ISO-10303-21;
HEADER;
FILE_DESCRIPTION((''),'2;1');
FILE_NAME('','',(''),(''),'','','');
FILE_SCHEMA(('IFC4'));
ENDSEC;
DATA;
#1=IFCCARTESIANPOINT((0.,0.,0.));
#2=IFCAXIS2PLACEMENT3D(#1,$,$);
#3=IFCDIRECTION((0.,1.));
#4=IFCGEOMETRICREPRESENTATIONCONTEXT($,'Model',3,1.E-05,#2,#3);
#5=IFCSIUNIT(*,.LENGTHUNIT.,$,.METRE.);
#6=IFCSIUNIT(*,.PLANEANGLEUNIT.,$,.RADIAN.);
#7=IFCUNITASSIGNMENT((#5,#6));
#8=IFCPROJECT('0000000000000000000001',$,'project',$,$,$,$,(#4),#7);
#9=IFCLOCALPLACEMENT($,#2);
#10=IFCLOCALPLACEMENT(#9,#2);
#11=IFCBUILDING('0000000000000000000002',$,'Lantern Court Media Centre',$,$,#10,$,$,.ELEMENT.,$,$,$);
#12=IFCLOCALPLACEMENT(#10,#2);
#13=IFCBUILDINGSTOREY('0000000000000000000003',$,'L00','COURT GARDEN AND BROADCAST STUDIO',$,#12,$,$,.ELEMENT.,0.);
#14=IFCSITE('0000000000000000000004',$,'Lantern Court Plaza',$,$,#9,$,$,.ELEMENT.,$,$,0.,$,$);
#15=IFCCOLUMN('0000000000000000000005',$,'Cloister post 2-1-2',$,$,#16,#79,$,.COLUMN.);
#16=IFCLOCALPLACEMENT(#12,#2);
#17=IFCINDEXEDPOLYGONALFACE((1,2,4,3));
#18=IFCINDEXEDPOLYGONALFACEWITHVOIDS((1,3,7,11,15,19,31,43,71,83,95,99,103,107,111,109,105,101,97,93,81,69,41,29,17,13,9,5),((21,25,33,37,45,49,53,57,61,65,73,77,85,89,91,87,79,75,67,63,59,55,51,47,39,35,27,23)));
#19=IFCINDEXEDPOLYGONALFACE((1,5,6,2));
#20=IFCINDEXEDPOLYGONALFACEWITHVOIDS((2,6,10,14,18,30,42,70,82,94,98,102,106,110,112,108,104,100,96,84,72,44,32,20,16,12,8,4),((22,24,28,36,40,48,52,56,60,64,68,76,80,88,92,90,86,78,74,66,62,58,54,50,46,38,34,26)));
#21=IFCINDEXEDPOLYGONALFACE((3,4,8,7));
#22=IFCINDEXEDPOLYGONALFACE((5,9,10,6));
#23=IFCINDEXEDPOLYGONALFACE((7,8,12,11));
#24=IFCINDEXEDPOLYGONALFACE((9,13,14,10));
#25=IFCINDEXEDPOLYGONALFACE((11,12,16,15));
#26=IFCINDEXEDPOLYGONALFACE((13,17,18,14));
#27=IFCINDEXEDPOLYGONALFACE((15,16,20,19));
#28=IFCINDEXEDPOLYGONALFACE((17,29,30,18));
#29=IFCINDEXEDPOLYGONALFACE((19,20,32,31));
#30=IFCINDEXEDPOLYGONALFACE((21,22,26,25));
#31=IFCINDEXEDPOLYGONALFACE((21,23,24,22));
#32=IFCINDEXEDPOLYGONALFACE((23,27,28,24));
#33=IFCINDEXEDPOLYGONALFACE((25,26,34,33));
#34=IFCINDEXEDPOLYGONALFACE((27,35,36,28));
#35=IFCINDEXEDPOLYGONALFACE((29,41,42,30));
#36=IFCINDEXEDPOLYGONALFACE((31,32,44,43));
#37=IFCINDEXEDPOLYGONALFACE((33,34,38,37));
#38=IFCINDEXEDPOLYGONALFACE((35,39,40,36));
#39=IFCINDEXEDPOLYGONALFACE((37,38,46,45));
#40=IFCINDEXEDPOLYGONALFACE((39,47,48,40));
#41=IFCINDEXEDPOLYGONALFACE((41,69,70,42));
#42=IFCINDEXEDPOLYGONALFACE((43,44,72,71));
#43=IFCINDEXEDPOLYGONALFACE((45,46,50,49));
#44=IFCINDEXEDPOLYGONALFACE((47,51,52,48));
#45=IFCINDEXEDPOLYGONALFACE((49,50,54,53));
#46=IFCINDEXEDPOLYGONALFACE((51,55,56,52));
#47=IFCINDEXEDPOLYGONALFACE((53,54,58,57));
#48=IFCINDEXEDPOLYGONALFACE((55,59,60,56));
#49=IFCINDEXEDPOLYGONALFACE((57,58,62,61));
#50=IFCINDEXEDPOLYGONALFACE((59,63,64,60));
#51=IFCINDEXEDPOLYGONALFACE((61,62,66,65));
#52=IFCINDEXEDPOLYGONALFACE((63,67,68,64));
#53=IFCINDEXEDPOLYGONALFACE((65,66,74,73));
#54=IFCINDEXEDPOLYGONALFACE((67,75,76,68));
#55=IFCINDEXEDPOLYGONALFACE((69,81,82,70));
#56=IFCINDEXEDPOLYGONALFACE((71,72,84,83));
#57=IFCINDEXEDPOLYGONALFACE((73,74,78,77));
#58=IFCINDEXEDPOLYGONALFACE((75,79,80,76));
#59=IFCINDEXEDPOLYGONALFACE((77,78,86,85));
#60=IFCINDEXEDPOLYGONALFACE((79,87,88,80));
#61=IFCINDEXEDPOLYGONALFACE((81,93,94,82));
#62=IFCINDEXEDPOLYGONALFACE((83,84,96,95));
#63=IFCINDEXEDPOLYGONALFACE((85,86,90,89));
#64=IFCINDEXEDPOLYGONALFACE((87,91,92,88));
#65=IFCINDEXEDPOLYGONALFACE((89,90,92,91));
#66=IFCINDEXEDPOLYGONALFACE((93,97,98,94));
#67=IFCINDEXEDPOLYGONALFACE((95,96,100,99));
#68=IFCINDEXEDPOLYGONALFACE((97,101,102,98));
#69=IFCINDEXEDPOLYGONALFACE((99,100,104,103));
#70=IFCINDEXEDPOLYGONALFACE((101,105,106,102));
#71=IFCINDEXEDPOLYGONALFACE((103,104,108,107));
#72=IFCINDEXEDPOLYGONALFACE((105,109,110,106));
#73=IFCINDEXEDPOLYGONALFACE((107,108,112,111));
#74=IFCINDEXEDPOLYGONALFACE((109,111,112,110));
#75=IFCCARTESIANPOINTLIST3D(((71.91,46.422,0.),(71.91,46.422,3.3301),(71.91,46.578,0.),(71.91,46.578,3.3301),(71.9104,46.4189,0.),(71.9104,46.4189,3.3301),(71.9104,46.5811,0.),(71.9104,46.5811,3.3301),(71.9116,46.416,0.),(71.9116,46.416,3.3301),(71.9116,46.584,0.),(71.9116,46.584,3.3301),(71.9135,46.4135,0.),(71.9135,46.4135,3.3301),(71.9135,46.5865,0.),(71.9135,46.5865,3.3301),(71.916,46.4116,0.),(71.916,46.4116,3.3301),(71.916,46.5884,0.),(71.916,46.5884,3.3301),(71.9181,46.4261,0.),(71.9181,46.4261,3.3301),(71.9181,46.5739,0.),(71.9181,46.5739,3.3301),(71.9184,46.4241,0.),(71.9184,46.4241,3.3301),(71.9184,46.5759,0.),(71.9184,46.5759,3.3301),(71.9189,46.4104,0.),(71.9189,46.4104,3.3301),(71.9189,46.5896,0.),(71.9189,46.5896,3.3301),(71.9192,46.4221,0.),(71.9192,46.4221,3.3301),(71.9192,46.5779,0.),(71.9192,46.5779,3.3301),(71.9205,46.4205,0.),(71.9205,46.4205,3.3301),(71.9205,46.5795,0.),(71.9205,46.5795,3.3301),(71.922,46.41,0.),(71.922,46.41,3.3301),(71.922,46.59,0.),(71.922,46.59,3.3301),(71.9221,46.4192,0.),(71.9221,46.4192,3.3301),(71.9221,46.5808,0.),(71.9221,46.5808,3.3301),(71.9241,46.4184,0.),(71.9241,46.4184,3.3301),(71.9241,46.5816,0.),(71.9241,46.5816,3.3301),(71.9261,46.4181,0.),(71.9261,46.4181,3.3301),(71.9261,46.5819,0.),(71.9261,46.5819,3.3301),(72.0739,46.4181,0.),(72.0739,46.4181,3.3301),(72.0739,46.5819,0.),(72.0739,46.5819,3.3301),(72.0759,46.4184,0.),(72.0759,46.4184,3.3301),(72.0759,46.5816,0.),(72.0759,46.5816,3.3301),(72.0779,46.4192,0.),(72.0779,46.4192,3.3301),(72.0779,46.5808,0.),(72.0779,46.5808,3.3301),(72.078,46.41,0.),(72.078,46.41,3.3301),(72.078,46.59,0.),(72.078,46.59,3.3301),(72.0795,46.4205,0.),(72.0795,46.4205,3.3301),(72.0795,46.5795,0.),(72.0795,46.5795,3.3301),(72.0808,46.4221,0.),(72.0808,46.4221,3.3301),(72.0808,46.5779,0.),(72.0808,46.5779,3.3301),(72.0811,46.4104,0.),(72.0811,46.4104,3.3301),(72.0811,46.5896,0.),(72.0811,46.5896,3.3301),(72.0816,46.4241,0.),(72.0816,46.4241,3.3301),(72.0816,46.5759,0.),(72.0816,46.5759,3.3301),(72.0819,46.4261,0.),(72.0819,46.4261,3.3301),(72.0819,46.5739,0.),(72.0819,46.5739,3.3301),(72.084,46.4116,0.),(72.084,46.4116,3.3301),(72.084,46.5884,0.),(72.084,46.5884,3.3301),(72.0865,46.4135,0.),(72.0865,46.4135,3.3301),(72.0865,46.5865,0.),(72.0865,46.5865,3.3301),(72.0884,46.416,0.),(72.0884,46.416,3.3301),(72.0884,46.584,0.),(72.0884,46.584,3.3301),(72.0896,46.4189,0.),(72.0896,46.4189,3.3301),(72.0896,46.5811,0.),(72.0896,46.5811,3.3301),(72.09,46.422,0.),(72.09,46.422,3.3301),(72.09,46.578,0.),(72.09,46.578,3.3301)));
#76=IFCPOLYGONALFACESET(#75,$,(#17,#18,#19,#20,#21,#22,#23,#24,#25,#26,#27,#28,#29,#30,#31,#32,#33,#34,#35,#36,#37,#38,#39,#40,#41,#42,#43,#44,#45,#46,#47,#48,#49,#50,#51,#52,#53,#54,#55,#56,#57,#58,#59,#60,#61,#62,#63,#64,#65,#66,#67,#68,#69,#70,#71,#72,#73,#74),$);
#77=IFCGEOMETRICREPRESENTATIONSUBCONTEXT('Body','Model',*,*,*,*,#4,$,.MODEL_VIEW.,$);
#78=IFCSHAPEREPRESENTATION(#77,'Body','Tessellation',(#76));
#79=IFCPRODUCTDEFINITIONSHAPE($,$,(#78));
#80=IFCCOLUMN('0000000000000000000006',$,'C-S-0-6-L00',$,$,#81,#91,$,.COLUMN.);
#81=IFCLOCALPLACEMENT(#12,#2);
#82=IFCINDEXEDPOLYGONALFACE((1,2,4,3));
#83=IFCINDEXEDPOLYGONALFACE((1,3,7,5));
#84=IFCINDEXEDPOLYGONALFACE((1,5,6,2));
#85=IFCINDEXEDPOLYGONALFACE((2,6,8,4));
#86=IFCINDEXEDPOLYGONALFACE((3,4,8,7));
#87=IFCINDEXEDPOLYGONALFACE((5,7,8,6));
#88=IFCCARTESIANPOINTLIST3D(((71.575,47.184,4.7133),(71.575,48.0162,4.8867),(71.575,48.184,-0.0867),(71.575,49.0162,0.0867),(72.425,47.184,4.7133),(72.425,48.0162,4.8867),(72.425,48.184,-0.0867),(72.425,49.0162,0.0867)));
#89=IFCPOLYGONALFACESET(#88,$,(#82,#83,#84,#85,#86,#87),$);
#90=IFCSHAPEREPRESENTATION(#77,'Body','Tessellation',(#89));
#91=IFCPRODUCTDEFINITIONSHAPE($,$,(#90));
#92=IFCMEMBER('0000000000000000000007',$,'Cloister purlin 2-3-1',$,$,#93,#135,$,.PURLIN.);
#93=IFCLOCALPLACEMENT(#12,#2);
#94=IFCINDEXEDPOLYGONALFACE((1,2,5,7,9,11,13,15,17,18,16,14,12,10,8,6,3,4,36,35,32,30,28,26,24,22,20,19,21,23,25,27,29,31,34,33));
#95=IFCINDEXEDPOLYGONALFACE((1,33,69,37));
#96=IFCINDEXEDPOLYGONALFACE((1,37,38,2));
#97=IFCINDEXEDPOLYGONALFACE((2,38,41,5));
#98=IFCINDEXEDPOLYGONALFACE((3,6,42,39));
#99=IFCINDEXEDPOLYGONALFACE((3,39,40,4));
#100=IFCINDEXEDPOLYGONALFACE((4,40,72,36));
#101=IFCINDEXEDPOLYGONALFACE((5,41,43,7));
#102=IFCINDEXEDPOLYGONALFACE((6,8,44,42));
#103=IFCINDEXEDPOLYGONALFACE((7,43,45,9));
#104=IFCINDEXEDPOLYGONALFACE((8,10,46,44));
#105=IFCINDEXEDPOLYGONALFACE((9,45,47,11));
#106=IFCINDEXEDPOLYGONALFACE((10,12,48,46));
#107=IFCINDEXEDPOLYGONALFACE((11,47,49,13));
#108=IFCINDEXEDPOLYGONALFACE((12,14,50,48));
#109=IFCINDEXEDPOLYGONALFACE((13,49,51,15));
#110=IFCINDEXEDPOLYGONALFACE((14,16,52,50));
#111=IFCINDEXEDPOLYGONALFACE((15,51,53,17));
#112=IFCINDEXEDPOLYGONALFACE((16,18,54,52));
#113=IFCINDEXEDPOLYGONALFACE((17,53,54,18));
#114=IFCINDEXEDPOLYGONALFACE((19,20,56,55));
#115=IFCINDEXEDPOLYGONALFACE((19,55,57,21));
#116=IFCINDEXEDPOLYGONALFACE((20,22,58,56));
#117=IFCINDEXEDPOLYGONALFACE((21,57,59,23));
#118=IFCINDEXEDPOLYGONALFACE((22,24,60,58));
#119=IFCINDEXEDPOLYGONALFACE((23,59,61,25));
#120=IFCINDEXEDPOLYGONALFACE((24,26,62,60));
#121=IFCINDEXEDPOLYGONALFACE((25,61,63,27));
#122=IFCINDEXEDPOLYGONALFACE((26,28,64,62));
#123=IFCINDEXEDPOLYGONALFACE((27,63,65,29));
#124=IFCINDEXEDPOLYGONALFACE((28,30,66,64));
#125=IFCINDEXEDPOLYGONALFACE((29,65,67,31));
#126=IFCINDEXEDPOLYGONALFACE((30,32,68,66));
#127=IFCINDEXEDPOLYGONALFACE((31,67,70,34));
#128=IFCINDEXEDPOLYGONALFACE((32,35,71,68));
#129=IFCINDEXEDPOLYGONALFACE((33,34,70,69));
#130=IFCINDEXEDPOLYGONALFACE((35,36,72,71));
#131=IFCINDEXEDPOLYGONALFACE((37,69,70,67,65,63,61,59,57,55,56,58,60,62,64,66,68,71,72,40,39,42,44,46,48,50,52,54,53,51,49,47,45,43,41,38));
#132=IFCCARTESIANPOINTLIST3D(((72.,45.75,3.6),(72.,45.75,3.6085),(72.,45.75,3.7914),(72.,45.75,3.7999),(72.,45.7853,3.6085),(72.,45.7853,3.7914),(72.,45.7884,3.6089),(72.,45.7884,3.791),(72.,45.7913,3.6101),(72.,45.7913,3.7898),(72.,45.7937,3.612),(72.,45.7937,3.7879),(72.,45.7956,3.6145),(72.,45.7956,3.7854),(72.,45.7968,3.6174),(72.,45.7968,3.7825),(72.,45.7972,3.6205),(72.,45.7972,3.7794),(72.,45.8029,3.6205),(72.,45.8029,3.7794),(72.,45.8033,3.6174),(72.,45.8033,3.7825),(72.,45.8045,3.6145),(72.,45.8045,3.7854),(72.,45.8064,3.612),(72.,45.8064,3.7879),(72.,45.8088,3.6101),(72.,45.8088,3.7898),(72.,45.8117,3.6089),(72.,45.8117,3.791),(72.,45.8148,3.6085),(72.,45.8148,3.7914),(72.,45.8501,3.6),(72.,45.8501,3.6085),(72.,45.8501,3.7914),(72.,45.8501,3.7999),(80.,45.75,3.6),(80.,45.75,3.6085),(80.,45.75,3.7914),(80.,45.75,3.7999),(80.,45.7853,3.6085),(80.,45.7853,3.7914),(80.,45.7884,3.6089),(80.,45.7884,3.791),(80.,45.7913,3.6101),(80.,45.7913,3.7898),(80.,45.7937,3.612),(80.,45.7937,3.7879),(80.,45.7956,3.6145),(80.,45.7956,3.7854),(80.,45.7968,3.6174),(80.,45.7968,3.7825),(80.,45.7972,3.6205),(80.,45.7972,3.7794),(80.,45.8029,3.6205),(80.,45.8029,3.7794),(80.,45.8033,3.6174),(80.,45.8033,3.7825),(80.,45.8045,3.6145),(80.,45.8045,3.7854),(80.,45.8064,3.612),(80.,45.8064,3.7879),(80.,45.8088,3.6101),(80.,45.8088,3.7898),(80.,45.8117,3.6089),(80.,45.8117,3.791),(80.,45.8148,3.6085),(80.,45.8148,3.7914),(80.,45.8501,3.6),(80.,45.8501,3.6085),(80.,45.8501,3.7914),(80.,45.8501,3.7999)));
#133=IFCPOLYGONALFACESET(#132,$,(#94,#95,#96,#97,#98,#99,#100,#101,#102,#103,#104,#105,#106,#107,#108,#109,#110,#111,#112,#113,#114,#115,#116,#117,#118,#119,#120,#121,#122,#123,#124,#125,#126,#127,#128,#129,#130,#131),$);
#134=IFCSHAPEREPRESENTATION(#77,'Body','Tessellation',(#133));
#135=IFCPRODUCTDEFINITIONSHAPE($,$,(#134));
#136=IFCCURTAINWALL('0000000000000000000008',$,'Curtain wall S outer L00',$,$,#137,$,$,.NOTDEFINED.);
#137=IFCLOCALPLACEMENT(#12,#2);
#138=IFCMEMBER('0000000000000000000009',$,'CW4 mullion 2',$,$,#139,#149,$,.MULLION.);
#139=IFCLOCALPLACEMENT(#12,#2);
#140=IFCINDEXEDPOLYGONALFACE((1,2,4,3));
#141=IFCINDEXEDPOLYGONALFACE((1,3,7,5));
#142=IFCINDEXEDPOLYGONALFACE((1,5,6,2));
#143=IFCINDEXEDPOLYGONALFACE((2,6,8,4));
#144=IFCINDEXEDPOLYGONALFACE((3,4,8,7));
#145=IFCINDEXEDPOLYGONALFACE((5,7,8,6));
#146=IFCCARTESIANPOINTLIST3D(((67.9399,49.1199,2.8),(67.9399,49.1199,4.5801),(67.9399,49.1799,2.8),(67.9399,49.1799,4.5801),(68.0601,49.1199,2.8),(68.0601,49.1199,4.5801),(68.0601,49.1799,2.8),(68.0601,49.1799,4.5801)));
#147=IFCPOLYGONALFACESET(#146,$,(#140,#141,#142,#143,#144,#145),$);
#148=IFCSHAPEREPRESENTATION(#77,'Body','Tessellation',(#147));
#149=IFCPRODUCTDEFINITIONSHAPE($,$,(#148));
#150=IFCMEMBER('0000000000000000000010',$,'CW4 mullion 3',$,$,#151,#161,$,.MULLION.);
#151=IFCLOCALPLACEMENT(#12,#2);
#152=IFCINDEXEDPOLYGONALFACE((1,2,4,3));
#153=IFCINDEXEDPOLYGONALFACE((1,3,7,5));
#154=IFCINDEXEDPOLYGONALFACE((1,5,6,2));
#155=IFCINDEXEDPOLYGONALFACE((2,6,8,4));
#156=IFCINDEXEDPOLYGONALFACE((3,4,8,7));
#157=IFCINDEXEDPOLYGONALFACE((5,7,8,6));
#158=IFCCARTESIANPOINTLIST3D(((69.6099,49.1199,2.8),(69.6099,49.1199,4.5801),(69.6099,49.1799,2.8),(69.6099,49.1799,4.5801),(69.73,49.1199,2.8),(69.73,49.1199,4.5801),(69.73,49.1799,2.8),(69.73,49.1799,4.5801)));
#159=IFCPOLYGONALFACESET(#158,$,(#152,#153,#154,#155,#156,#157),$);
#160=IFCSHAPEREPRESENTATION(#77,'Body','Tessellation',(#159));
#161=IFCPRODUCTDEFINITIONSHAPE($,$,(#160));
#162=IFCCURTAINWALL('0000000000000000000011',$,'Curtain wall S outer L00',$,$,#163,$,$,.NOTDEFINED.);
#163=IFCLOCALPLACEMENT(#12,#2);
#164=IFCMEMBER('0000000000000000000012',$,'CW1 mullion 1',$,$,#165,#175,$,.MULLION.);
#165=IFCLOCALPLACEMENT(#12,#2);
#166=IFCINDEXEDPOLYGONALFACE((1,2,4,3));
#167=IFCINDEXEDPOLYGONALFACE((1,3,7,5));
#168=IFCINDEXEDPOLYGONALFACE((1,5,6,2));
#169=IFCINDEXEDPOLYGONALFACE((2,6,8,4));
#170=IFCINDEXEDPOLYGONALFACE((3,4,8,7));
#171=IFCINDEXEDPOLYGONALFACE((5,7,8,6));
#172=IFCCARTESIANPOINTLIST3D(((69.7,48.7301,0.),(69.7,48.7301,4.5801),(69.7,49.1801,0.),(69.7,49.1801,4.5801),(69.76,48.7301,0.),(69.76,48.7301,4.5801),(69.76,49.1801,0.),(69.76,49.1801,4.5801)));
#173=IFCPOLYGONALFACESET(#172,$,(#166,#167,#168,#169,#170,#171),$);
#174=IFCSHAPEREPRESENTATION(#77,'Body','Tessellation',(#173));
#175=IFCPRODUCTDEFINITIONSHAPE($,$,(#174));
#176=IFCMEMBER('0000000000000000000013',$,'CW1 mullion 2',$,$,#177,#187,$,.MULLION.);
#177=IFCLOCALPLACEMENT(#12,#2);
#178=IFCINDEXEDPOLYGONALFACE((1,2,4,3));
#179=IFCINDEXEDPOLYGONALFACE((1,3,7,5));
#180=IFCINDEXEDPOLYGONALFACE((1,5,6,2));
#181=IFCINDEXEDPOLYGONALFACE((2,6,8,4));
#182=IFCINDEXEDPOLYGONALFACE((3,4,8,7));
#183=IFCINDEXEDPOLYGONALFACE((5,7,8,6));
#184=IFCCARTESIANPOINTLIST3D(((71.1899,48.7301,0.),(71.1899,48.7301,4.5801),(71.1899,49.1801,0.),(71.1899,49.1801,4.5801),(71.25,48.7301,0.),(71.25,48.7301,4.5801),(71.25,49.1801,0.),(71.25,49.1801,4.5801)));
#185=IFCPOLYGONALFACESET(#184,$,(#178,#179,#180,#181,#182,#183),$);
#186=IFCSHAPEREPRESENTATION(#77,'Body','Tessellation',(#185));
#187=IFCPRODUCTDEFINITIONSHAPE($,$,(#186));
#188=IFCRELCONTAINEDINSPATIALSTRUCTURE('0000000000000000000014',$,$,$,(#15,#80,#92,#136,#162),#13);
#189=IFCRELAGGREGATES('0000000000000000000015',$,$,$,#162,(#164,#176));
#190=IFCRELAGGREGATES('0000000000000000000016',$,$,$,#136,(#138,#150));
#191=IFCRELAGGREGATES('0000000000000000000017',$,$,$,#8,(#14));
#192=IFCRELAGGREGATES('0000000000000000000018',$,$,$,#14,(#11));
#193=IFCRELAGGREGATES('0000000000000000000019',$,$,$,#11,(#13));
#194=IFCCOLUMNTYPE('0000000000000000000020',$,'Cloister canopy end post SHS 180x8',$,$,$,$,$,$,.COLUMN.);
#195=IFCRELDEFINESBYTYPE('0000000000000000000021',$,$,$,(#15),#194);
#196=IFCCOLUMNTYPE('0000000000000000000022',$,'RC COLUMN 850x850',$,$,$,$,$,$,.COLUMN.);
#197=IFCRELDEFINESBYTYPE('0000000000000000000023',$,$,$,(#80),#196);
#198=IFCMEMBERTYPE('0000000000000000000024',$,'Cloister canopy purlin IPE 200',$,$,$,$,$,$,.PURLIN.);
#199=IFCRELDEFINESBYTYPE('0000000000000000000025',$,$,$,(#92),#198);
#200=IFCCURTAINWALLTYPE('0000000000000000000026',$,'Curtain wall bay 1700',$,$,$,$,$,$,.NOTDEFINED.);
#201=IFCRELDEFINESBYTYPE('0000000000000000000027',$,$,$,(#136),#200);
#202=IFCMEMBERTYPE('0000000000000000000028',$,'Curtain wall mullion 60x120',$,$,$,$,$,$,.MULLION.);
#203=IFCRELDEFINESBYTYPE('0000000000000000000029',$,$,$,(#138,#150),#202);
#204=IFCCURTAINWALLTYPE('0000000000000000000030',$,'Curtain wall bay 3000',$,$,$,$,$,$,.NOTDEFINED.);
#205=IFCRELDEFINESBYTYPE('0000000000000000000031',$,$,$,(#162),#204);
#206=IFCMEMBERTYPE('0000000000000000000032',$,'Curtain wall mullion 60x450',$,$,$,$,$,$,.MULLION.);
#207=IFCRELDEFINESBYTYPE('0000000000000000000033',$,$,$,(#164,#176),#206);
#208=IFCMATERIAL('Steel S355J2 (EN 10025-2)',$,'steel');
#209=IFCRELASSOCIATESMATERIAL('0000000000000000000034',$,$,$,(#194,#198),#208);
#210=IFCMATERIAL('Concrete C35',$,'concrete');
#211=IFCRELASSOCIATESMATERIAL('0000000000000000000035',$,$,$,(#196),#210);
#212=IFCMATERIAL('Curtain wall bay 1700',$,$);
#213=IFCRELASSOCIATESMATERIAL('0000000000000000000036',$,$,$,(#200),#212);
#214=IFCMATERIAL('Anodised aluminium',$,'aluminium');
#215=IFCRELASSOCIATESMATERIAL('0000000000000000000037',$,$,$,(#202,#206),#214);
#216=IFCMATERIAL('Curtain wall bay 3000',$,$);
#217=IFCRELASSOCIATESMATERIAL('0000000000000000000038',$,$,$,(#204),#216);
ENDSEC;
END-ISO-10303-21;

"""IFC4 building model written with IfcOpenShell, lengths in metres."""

from ifc_helpers import new_model, si_unit, direction, frame, origin, origin_2d, place, context, subcontext, project, spatial, rectangle, hollow_rectangle, i_section, extrude, material, material_profile, profile_set, type_object, element, aggregate, save


model = new_model("IFC4")

# Units and contexts
model_context = context("Model", 3, precision=1e-05, world=origin(), true_north=direction((0.0, 1.0)))
body_context = subcontext(model_context, "Body", "Model", "MODEL_VIEW")
ifc_project = project(units=[si_unit("LENGTHUNIT", "METRE"), si_unit("PLANEANGLEUNIT", "RADIAN")], contexts=[model_context])

# Site, building, storey
site_placement = place(None, origin())
site = spatial("IfcSite", under=ifc_project, at=site_placement, Name="Lantern Court Plaza", CompositionType="ELEMENT", RefElevation=0.0)
building_placement = place(site_placement, origin())
building = spatial("IfcBuilding", under=site, at=building_placement, Name="Lantern Court Media Centre", CompositionType="ELEMENT")
storey_placement = place(building_placement, origin())
storey = spatial("IfcBuildingStorey", under=building, at=storey_placement, Name="L00", Description="COURT GARDEN AND BROADCAST STUDIO", CompositionType="ELEMENT", Elevation=0.0)

# Columns
ifc_material_1 = material(Name="Steel S355J2 (EN 10025-2)", Category="steel")
ifc_material_profile_1 = material_profile(ifc_material_1, hollow_rectangle(XDim=0.1799, YDim=0.1799, WallThickness=0.0081, InnerFilletRadius=0.0081, OuterFilletRadius=0.012, at=origin_2d()), Name="Cloister canopy end post SHS 180x8")
ifc_profile_set_1 = profile_set([ifc_material_profile_1], Name="Steel S355J2 (EN 10025-2)")
column_type_1 = type_object("IfcColumnType", Name="Cloister canopy end post SHS 180x8", PredefinedType="COLUMN", material=ifc_profile_set_1)
column_1_placement = place(storey_placement, frame((72.0, 46.5, 0.0), z_axis=(0.0, 0.0, 1.0), x_axis=(1.0, 0.0, 0.0)))
element("IfcColumn", 1, at=column_1_placement, inside=storey, type_object=column_type_1, Name="Cloister post 2-1-2", PredefinedType="COLUMN", context=body_context, shape_type="SweptSolid", body=[
    extrude(hollow_rectangle(XDim=0.1799, YDim=0.1799, WallThickness=0.0081, InnerFilletRadius=0.0081, OuterFilletRadius=0.012, at=origin_2d()), origin(), (0.0, 0.0, 1.0), 3.3301),
])
ifc_material_2 = material(Name="Concrete C35", Category="concrete")
ifc_material_profile_2 = material_profile(ifc_material_2, rectangle(XDim=0.8501, YDim=0.8501, at=origin_2d()), Name="RC 850x850")
ifc_profile_set_2 = profile_set([ifc_material_profile_2], Name="Concrete C35")
column_type_2 = type_object("IfcColumnType", Name="RC COLUMN 850x850", PredefinedType="COLUMN", material=ifc_profile_set_2)
column_2_placement = place(storey_placement, frame((72.0, 48.6001, 0.0), z_axis=(0.0, -0.203952, 0.978981), x_axis=(1.0, 0.0, 0.0)))
element("IfcColumn", 2, at=column_2_placement, inside=storey, type_object=column_type_2, Name="C-S-0-6-L00", PredefinedType="COLUMN", context=body_context, shape_type="SweptSolid", body=[
    extrude(rectangle(XDim=0.8501, YDim=0.8501, at=origin_2d()), origin(), (0.0, 0.0, 1.0), 4.9031),
])

# Member
ifc_material_profile_3 = material_profile(ifc_material_1, i_section(OverallWidth=0.1001, OverallDepth=0.2, WebThickness=0.0056, FlangeThickness=0.0085, FilletRadius=0.012, at=origin_2d()), Name="IPE 200")
ifc_profile_set_3 = profile_set([ifc_material_profile_3], Name="Steel S355J2 (EN 10025-2)")
member_type_1 = type_object("IfcMemberType", Name="Cloister canopy purlin IPE 200", PredefinedType="PURLIN", material=ifc_profile_set_3)
member_1_placement = place(storey_placement, frame((72.0, 45.8, 3.7), z_axis=(1.0, 0.0, 0.0), x_axis=(0.0, 1.0, 0.0)))
element("IfcMember", 3, at=member_1_placement, inside=storey, type_object=member_type_1, Name="Cloister purlin 2-3-1", PredefinedType="PURLIN", context=body_context, shape_type="SweptSolid", body=[
    extrude(i_section(OverallWidth=0.1001, OverallDepth=0.2, WebThickness=0.0056, FlangeThickness=0.0085, FilletRadius=0.012, at=origin_2d()), origin(), (0.0, 0.0, 1.0), 8.0),
])

# Curtain walls, members
ifc_material_3 = material(Name="Curtain wall bay 1700")
curtain_wall_type_1 = type_object("IfcCurtainWallType", Name="Curtain wall bay 1700", PredefinedType="NOTDEFINED", material=ifc_material_3)
curtain_wall_1_placement = place(storey_placement, origin())
curtain_wall_1 = element("IfcCurtainWall", 4, at=curtain_wall_1_placement, inside=storey, type_object=curtain_wall_type_1, Name="Curtain wall S outer L00", PredefinedType="NOTDEFINED")
ifc_material_4 = material(Name="Anodised aluminium", Category="aluminium")
ifc_material_profile_4 = material_profile(ifc_material_4, rectangle(XDim=0.0601, YDim=0.1201, at=origin_2d()), Name="AL 60x120")
ifc_profile_set_4 = profile_set([ifc_material_profile_4], Name="Anodised aluminium")
member_type_2 = type_object("IfcMemberType", Name="Curtain wall mullion 60x120", PredefinedType="MULLION", material=ifc_profile_set_4)
member_2_placement = place(storey_placement, frame((68.0, 49.1499, 2.8), z_axis=(0.0, 0.0, 1.0), x_axis=(0.0, 1.0, 0.0)))
member_2 = element("IfcMember", 5, at=member_2_placement, type_object=member_type_2, Name="CW4 mullion 2", PredefinedType="MULLION", context=body_context, shape_type="SweptSolid", body=[
    extrude(rectangle(XDim=0.0601, YDim=0.1201, at=origin_2d()), origin(), (0.0, 0.0, 1.0), 1.78),
])
member_3_placement = place(storey_placement, frame((69.6699, 49.1499, 2.8), z_axis=(0.0, 0.0, 1.0), x_axis=(0.0, 1.0, 0.0)))
member_3 = element("IfcMember", 6, at=member_3_placement, type_object=member_type_2, Name="CW4 mullion 3", PredefinedType="MULLION", context=body_context, shape_type="SweptSolid", body=[
    extrude(rectangle(XDim=0.0601, YDim=0.1201, at=origin_2d()), origin(), (0.0, 0.0, 1.0), 1.78),
])
ifc_material_5 = material(Name="Curtain wall bay 3000")
curtain_wall_type_2 = type_object("IfcCurtainWallType", Name="Curtain wall bay 3000", PredefinedType="NOTDEFINED", material=ifc_material_5)
curtain_wall_2_placement = place(storey_placement, origin())
curtain_wall_2 = element("IfcCurtainWall", 7, at=curtain_wall_2_placement, inside=storey, type_object=curtain_wall_type_2, Name="Curtain wall S outer L00", PredefinedType="NOTDEFINED")
ifc_material_profile_5 = material_profile(ifc_material_4, rectangle(XDim=0.45, YDim=0.0601, at=origin_2d()), Name="AL 60x450")
ifc_profile_set_5 = profile_set([ifc_material_profile_5], Name="Anodised aluminium")
member_type_3 = type_object("IfcMemberType", Name="Curtain wall mullion 60x450", PredefinedType="MULLION", material=ifc_profile_set_5)
member_4_placement = place(storey_placement, frame((69.73, 48.9551, 0.0), z_axis=(0.0, 0.0, 1.0), x_axis=(0.0, 1.0, 0.0)))
member_4 = element("IfcMember", 8, at=member_4_placement, type_object=member_type_3, Name="CW1 mullion 1", PredefinedType="MULLION", context=body_context, shape_type="SweptSolid", body=[
    extrude(rectangle(XDim=0.45, YDim=0.0601, at=origin_2d()), origin(), (0.0, 0.0, 1.0), 4.5801),
])
member_5_placement = place(storey_placement, frame((71.22, 48.9551, 0.0), z_axis=(0.0, 0.0, 1.0), x_axis=(0.0, 1.0, 0.0)))
member_5 = element("IfcMember", 9, at=member_5_placement, type_object=member_type_3, Name="CW1 mullion 2", PredefinedType="MULLION", context=body_context, shape_type="SweptSolid", body=[
    extrude(rectangle(XDim=0.45, YDim=0.0601, at=origin_2d()), origin(), (0.0, 0.0, 1.0), 4.5801),
])

aggregate(curtain_wall_2, [member_4, member_5])
aggregate(curtain_wall_1, [member_2, member_3])

save(model, "model.ifc")
